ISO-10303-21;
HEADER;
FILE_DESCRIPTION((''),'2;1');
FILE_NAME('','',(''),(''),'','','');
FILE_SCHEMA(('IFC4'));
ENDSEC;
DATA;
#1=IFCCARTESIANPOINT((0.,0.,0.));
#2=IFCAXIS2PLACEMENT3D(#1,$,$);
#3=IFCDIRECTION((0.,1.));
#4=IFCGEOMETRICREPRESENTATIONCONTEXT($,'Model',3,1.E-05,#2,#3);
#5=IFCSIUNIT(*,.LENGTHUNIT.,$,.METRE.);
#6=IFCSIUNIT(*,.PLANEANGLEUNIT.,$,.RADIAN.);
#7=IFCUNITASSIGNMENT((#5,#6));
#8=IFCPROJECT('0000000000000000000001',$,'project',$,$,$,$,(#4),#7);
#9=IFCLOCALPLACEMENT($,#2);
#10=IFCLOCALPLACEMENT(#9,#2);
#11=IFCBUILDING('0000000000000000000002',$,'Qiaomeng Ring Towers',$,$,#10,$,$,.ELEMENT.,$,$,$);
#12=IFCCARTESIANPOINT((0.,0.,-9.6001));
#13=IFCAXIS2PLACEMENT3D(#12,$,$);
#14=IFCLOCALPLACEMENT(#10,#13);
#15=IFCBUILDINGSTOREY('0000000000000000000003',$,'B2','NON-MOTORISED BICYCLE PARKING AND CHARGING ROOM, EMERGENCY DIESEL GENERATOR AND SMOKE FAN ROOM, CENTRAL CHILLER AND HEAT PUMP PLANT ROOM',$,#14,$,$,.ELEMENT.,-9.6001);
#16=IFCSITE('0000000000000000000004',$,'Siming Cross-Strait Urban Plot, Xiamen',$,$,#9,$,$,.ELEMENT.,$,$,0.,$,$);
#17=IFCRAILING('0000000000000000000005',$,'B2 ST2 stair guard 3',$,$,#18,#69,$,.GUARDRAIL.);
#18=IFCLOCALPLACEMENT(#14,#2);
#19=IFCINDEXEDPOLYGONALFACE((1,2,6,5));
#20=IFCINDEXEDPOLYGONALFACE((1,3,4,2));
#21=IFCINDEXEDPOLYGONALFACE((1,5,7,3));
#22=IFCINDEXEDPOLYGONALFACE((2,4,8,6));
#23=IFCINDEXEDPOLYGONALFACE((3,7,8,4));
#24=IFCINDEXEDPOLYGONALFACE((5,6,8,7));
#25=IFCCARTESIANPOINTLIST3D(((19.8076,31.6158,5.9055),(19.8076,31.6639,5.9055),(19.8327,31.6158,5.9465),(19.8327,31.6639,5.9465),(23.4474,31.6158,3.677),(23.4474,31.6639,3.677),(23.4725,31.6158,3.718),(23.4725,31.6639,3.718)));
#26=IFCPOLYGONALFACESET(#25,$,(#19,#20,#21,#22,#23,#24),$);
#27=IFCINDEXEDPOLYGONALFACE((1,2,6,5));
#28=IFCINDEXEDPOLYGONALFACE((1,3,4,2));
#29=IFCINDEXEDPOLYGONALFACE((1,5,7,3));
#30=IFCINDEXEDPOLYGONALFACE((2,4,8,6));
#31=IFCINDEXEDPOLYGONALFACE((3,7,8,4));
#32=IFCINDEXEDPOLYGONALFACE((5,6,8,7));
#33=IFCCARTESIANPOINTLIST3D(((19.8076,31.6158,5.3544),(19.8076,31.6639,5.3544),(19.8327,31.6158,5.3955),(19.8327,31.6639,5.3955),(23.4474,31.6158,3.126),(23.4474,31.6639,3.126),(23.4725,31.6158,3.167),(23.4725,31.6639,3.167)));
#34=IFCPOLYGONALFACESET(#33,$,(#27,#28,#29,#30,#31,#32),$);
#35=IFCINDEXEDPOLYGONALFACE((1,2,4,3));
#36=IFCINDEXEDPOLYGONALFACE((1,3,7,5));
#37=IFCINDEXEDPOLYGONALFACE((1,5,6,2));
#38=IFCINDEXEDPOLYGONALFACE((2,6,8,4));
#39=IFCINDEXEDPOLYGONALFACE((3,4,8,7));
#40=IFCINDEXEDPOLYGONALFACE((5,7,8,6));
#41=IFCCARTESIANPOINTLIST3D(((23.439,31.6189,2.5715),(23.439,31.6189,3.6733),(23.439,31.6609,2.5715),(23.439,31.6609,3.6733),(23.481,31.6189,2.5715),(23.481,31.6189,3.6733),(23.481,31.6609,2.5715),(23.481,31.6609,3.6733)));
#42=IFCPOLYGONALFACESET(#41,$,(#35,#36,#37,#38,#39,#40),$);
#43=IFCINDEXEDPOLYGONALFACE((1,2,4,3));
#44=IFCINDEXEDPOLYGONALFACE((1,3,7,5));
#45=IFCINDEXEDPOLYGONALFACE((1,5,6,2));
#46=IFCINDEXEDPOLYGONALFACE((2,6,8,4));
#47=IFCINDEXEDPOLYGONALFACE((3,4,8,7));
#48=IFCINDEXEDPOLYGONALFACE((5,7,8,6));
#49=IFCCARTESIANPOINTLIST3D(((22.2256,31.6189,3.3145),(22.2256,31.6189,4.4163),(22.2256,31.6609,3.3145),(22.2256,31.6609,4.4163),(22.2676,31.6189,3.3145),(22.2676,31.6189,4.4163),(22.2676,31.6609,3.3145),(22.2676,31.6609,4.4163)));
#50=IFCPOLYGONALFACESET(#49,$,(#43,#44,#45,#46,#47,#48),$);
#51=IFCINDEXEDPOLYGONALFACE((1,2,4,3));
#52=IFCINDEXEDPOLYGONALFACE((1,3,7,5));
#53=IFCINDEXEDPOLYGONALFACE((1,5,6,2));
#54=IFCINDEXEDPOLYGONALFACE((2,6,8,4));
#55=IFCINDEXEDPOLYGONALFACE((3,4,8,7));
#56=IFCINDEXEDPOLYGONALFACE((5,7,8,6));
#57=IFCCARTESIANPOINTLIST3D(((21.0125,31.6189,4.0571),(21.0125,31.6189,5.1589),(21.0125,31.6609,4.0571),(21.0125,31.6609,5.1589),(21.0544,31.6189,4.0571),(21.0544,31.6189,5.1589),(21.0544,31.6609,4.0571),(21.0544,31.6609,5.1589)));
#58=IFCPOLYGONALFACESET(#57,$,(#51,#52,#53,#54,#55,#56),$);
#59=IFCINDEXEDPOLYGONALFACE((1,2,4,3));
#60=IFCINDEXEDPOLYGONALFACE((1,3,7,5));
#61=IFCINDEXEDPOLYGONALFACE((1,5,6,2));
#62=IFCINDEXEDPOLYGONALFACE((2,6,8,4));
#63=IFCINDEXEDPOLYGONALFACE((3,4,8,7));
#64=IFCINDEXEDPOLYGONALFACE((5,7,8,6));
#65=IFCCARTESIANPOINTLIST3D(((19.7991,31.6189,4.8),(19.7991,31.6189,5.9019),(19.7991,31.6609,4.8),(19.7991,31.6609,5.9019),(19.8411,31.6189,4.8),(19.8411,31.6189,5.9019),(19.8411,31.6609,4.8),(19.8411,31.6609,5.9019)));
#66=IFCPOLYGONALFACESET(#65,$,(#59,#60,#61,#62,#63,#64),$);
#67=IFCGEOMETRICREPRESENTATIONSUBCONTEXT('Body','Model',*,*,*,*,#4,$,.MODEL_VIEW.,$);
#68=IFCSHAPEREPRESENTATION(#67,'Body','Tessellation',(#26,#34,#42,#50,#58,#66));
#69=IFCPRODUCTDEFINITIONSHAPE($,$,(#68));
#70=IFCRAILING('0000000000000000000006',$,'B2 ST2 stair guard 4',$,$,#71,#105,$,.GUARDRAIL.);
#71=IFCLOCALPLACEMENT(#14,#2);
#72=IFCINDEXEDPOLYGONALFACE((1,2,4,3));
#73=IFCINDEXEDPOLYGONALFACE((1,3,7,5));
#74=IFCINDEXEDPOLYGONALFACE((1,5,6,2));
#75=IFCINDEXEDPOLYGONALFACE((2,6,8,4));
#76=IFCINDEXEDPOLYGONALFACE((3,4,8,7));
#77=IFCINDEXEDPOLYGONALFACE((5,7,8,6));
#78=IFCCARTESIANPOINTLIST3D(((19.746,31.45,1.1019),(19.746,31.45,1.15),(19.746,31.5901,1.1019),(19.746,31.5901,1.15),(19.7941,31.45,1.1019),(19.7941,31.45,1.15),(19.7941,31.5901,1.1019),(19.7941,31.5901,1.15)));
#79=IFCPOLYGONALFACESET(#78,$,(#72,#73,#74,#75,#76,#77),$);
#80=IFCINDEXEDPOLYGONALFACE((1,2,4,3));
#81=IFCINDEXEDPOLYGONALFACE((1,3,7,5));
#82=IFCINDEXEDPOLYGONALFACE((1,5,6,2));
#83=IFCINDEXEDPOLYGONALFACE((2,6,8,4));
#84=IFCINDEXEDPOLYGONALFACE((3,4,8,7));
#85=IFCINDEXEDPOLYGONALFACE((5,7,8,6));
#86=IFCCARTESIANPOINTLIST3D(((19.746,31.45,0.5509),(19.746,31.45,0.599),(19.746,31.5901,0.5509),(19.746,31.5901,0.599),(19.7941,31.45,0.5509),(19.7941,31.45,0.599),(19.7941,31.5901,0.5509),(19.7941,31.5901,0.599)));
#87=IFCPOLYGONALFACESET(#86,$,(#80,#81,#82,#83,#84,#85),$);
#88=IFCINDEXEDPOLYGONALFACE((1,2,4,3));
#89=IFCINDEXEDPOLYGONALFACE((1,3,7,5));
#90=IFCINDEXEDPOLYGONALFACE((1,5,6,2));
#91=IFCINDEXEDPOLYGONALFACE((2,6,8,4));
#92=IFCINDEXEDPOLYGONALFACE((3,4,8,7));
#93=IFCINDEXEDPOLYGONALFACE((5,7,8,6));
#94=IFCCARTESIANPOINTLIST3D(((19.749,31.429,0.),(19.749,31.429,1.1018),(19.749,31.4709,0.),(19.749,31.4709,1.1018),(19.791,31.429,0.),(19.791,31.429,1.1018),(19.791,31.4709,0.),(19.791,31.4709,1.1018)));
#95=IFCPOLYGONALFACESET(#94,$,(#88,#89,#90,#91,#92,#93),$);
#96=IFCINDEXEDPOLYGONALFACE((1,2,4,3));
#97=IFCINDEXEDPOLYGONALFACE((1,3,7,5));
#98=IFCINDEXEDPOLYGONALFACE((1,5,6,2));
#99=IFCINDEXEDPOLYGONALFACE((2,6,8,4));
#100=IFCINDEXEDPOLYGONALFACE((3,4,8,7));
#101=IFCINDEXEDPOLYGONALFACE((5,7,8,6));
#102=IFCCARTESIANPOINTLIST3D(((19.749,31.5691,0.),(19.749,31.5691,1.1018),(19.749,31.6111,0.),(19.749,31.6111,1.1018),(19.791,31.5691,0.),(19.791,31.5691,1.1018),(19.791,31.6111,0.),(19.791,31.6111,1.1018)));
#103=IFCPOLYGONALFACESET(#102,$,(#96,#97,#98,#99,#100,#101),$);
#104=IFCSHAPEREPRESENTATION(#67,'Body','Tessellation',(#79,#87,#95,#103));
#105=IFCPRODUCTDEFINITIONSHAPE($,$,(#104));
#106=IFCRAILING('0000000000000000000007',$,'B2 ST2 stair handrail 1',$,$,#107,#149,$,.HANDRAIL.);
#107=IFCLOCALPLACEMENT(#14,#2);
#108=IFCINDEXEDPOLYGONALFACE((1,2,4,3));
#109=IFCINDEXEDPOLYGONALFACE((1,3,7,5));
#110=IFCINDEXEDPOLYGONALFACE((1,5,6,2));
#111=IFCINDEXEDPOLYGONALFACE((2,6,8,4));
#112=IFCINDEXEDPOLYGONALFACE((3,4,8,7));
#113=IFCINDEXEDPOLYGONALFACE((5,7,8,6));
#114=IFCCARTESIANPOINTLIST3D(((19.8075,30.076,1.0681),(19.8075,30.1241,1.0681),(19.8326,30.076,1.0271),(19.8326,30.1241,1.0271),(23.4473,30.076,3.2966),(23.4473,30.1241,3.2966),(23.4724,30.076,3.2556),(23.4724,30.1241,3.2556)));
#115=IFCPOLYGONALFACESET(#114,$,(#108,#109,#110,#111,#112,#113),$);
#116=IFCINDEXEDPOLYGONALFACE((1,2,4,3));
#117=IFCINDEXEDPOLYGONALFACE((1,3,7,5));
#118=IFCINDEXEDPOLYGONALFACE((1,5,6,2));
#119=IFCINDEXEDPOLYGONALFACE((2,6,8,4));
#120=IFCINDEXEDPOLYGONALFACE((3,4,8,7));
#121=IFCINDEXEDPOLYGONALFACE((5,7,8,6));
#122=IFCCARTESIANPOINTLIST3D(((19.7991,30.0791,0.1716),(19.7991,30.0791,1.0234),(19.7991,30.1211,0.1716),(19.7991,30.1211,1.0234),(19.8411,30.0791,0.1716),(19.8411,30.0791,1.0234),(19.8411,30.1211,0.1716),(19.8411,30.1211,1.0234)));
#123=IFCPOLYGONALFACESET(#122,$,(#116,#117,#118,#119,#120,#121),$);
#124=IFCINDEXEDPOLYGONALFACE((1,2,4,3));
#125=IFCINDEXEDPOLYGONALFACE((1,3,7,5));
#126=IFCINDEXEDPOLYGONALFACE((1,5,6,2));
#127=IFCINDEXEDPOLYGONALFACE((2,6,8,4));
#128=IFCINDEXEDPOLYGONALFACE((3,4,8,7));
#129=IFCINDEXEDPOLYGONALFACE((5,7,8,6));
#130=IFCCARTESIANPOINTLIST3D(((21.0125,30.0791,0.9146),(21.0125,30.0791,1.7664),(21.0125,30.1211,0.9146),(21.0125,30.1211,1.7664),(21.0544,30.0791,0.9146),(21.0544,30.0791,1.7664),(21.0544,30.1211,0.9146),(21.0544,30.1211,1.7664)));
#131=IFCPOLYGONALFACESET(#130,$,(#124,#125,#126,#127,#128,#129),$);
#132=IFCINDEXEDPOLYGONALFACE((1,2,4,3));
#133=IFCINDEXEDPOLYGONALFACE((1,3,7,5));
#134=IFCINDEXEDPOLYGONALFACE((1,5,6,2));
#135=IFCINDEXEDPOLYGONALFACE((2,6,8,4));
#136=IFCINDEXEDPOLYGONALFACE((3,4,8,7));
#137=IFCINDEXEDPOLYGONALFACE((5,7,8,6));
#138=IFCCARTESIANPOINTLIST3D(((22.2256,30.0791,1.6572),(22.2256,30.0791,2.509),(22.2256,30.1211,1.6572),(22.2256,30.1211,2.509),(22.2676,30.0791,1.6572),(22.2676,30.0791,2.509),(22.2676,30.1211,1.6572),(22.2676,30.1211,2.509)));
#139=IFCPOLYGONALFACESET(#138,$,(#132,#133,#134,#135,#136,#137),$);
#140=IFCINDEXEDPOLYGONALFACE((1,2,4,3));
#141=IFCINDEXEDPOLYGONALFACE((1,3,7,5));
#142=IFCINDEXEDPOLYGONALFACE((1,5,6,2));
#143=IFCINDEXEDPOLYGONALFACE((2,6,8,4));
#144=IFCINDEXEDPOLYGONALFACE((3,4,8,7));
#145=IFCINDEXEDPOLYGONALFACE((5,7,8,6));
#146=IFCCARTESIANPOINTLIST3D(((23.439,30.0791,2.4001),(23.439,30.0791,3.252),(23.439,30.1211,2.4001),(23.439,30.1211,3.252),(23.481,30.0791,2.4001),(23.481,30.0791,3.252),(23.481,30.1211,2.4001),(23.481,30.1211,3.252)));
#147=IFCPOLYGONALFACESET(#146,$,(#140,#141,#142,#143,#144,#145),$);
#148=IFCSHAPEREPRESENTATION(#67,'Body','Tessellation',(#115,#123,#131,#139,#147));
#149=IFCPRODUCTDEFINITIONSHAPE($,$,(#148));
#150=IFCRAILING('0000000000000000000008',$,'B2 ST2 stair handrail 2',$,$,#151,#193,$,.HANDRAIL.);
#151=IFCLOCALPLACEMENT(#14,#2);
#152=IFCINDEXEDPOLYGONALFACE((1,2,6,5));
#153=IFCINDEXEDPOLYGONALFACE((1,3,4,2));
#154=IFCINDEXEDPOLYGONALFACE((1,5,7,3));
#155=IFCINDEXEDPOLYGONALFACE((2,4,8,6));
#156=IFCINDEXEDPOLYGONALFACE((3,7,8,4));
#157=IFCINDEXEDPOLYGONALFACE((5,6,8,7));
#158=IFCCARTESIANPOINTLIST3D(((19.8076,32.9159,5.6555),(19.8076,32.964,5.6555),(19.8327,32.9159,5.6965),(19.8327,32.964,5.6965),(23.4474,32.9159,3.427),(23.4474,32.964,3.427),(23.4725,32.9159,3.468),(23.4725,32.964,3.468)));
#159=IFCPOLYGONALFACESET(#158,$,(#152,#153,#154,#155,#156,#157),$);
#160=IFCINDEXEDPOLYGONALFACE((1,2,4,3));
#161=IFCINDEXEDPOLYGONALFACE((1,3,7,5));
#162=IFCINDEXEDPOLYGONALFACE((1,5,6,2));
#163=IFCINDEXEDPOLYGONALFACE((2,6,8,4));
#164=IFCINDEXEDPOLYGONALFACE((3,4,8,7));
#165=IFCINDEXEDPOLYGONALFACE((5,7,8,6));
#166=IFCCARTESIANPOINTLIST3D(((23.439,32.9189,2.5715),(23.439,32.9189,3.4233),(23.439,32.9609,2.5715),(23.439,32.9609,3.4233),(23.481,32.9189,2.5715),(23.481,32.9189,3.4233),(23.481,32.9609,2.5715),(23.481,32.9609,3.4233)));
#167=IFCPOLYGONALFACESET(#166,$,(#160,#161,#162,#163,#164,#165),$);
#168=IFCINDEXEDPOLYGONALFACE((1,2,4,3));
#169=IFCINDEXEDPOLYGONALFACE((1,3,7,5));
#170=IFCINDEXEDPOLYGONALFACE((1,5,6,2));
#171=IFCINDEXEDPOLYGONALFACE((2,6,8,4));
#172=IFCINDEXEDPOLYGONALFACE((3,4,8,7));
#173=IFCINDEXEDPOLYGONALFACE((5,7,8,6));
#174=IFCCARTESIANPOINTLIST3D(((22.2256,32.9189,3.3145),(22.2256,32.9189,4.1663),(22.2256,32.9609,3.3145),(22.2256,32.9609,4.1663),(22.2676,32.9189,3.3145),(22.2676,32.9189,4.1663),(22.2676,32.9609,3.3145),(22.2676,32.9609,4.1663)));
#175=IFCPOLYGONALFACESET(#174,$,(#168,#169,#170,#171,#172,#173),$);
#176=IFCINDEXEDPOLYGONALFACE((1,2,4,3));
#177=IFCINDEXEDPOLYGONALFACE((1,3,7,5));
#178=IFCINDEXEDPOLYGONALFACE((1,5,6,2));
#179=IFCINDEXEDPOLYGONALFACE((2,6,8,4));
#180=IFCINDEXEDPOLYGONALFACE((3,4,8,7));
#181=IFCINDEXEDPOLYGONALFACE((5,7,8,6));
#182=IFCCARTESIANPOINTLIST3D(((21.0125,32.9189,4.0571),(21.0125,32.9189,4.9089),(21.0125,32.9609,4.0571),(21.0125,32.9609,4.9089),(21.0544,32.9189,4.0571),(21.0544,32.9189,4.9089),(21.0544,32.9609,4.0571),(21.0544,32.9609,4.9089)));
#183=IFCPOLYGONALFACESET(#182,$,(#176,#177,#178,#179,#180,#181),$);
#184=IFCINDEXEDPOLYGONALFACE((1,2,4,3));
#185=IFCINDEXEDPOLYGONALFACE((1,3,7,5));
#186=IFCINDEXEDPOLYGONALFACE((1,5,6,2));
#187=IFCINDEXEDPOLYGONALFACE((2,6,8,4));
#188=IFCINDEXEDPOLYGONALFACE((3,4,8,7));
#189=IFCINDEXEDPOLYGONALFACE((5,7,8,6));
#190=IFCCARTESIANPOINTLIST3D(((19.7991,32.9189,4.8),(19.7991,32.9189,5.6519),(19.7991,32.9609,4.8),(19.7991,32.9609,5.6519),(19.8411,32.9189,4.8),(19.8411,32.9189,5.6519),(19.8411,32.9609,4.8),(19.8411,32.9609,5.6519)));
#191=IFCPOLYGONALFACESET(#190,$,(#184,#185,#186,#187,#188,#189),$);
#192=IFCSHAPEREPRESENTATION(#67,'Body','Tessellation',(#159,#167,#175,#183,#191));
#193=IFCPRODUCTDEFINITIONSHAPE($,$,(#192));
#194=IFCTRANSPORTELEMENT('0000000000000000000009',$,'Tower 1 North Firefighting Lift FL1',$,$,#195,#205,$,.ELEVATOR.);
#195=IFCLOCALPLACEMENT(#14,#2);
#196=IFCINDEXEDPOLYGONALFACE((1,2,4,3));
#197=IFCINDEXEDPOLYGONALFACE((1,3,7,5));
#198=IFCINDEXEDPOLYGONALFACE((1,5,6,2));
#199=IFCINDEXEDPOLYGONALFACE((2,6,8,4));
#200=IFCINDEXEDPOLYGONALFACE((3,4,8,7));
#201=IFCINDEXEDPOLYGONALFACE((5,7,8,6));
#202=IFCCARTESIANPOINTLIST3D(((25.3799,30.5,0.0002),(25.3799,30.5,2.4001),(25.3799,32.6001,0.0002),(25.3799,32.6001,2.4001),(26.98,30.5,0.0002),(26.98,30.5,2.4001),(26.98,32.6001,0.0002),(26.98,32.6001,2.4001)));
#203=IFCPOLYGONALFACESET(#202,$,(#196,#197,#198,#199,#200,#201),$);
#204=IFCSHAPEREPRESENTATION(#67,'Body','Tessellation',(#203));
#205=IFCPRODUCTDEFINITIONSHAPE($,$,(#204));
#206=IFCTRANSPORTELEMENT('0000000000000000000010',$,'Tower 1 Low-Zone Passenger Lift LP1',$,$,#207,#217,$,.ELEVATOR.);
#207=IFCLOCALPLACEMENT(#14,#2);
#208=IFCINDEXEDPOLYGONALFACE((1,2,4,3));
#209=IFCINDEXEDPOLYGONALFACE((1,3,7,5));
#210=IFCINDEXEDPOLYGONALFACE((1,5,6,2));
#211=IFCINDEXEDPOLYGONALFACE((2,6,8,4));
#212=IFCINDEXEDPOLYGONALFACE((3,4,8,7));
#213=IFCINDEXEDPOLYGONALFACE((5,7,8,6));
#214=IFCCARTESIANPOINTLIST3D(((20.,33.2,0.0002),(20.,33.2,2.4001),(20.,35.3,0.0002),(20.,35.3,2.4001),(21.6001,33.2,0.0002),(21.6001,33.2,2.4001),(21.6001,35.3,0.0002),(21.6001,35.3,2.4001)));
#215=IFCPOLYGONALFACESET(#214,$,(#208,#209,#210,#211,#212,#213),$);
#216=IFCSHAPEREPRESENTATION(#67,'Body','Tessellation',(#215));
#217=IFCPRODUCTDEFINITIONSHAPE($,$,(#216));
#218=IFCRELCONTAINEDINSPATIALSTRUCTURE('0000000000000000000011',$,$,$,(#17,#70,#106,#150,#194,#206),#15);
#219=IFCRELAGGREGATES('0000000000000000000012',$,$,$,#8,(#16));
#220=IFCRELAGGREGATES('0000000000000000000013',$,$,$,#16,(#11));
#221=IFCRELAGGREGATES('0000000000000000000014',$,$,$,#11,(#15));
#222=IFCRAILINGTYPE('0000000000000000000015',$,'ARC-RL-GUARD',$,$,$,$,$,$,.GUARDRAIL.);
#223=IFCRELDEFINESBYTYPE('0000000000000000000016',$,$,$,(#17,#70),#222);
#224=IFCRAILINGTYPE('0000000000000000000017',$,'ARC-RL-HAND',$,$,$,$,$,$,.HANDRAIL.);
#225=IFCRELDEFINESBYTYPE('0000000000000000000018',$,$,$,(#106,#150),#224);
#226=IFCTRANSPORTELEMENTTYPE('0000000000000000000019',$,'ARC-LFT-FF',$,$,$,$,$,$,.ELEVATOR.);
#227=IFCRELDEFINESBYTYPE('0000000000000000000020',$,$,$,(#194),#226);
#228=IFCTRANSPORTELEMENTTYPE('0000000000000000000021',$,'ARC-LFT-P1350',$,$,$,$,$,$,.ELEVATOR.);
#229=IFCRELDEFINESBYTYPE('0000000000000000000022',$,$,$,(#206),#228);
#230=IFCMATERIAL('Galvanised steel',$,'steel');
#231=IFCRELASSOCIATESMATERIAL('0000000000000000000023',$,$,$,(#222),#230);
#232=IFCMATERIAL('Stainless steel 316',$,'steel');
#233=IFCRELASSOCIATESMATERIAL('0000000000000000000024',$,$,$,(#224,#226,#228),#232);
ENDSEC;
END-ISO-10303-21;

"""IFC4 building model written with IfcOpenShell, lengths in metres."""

from ifc_helpers import new_model, si_unit, direction, frame, origin, origin_2d, place, context, subcontext, project, spatial, rectangle, extrude, source, transform, mapped, material, type_object, element, save


model = new_model("IFC4")

# Units and contexts
model_context = context("Model", 3, precision=1e-05, world=origin(), true_north=direction((0.0, 1.0)))
body_context = subcontext(model_context, "Body", "Model", "MODEL_VIEW")
ifc_project = project(units=[si_unit("LENGTHUNIT", "METRE"), si_unit("PLANEANGLEUNIT", "RADIAN")], contexts=[model_context])

# Site, building, storey
site_placement = place(None, origin())
site = spatial("IfcSite", under=ifc_project, at=site_placement, Name="Siming Cross-Strait Urban Plot, Xiamen", CompositionType="ELEMENT", RefElevation=0.0)
building_placement = place(site_placement, origin())
building = spatial("IfcBuilding", under=site, at=building_placement, Name="Qiaomeng Ring Towers", CompositionType="ELEMENT")
storey_placement = place(building_placement, frame((0.0, 0.0, -9.6001)))
storey = spatial("IfcBuildingStorey", under=building, at=storey_placement, Name="B2", Description="NON-MOTORISED BICYCLE PARKING AND CHARGING ROOM, EMERGENCY DIESEL GENERATOR AND SMOKE FAN ROOM, CENTRAL CHILLER AND HEAT PUMP PLANT ROOM", CompositionType="ELEMENT", Elevation=-9.6001)

# Shared definitions
ifc_material_1 = material(Name="Galvanised steel", Category="steel")

# Railings
railing_type_1 = type_object("IfcRailingType", Name="ARC-RL-GUARD", PredefinedType="GUARDRAIL", material=ifc_material_1)
railing_1_placement = place(storey_placement, frame((23.46, 31.6399, 2.5715)))
element("IfcRailing", 1, at=railing_1_placement, inside=storey, type_object=railing_type_1, Name="B2 ST2 stair guard 3", PredefinedType="GUARDRAIL", context=body_context, shape_type="SweptSolid", body=[
    extrude(rectangle(XDim=0.0481, YDim=0.0481, at=origin_2d()), frame((0.0, 0.0, 1.126), z_axis=(-0.85285, 0.0, 0.522156), x_axis=(0.0, -1.0, 0.0)), (0.0, 0.0, 1.0), 4.2678),
    extrude(rectangle(XDim=0.0481, YDim=0.0481, at=origin_2d()), frame((0.0, 0.0, 0.575), z_axis=(-0.85285, 0.0, 0.522156), x_axis=(0.0, -1.0, 0.0)), (0.0, 0.0, 1.0), 4.2678),
    extrude(rectangle(XDim=0.042, YDim=0.042, at=origin_2d()), origin(), (0.0, 0.0, 1.0), 1.1018),
    extrude(rectangle(XDim=0.042, YDim=0.042, at=origin_2d()), frame((-1.2134, 0.0, 0.7429)), (0.0, 0.0, 1.0), 1.1018),
    extrude(rectangle(XDim=0.042, YDim=0.042, at=origin_2d()), frame((-2.4265, 0.0, 1.4856)), (0.0, 0.0, 1.0), 1.1018),
    extrude(rectangle(XDim=0.042, YDim=0.042, at=origin_2d()), frame((-3.6399, 0.0, 2.2285)), (0.0, 0.0, 1.0), 1.1018),
])
railing_2_placement = place(storey_placement, frame((19.77, 31.45, 0.0)))
element("IfcRailing", 2, at=railing_2_placement, inside=storey, type_object=railing_type_1, Name="B2 ST2 stair guard 4", PredefinedType="GUARDRAIL", context=body_context, shape_type="SweptSolid", body=[
    extrude(rectangle(XDim=0.0481, YDim=0.0481, at=origin_2d()), frame((0.0, 0.0, 1.126), z_axis=(0.0, 1.0, 0.0), x_axis=(-1.0, 0.0, 0.0)), (0.0, 0.0, 1.0), 0.1401),
    extrude(rectangle(XDim=0.0481, YDim=0.0481, at=origin_2d()), frame((0.0, 0.0, 0.575), z_axis=(0.0, 1.0, 0.0), x_axis=(-1.0, 0.0, 0.0)), (0.0, 0.0, 1.0), 0.1401),
    extrude(rectangle(XDim=0.042, YDim=0.042, at=origin_2d()), origin(), (0.0, 0.0, 1.0), 1.1018),
    extrude(rectangle(XDim=0.042, YDim=0.042, at=origin_2d()), frame((0.0, 0.1401, 0.0)), (0.0, 0.0, 1.0), 1.1018),
])
ifc_material_2 = material(Name="Stainless steel 316", Category="steel")
railing_type_2 = type_object("IfcRailingType", Name="ARC-RL-HAND", PredefinedType="HANDRAIL", material=ifc_material_2)
railing_3_placement = place(storey_placement, frame((19.8201, 30.1001, 0.1716)))
element("IfcRailing", 3, at=railing_3_placement, inside=storey, type_object=railing_type_2, Name="B2 ST2 stair handrail 1", PredefinedType="HANDRAIL", context=body_context, shape_type="SweptSolid", body=[
    extrude(rectangle(XDim=0.0481, YDim=0.0481, at=origin_2d()), frame((0.0, 0.0, 0.876), z_axis=(0.85285, 0.0, 0.522156), x_axis=(0.0, 1.0, 0.0)), (0.0, 0.0, 1.0), 4.2678),
    extrude(rectangle(XDim=0.042, YDim=0.042, at=origin_2d()), origin(), (0.0, 0.0, 1.0), 0.8518),
    extrude(rectangle(XDim=0.042, YDim=0.042, at=origin_2d()), frame((1.2134, 0.0, 0.7429)), (0.0, 0.0, 1.0), 0.8518),
    extrude(rectangle(XDim=0.042, YDim=0.042, at=origin_2d()), frame((2.4265, 0.0, 1.4856)), (0.0, 0.0, 1.0), 0.8518),
    extrude(rectangle(XDim=0.042, YDim=0.042, at=origin_2d()), frame((3.6399, 0.0, 2.2285)), (0.0, 0.0, 1.0), 0.8518),
])
railing_4_placement = place(storey_placement, frame((23.46, 32.9399, 2.5715)))
element("IfcRailing", 4, at=railing_4_placement, inside=storey, type_object=railing_type_2, Name="B2 ST2 stair handrail 2", PredefinedType="HANDRAIL", context=body_context, shape_type="SweptSolid", body=[
    extrude(rectangle(XDim=0.0481, YDim=0.0481, at=origin_2d()), frame((0.0, 0.0, 0.876), z_axis=(-0.85285, 0.0, 0.522156), x_axis=(0.0, -1.0, 0.0)), (0.0, 0.0, 1.0), 4.2678),
    extrude(rectangle(XDim=0.042, YDim=0.042, at=origin_2d()), origin(), (0.0, 0.0, 1.0), 0.8518),
    extrude(rectangle(XDim=0.042, YDim=0.042, at=origin_2d()), frame((-1.2134, 0.0, 0.7429)), (0.0, 0.0, 1.0), 0.8518),
    extrude(rectangle(XDim=0.042, YDim=0.042, at=origin_2d()), frame((-2.4265, 0.0, 1.4856)), (0.0, 0.0, 1.0), 0.8518),
    extrude(rectangle(XDim=0.042, YDim=0.042, at=origin_2d()), frame((-3.6399, 0.0, 2.2285)), (0.0, 0.0, 1.0), 0.8518),
])

# Transport elements
transport_element_type_1 = type_object("IfcTransportElementType", Name="ARC-LFT-FF", PredefinedType="ELEVATOR", material=ifc_material_2)
shared_shape_1 = source(origin(), body_context, "Body", "SweptSolid", [
    extrude(rectangle(XDim=1.6001, YDim=2.1001, at=origin_2d()), origin(), (0.0, 0.0, 1.0), 2.3999),
])
transport_element_1_placement = place(storey_placement, frame((26.1799, 31.55, 0.0002), z_axis=(0.0, 0.0, 1.0), x_axis=(1.0, 0.0, 0.0)))
element("IfcTransportElement", 5, at=transport_element_1_placement, inside=storey, type_object=transport_element_type_1, Name="Tower 1 North Firefighting Lift FL1", PredefinedType="ELEVATOR", context=body_context, shape_type="MappedRepresentation", body=[
    mapped(shared_shape_1, transform((0.0, 0.0, 0.0), x_axis=(1.0, 0.0, 0.0), y_axis=(0.0, 1.0, 0.0), z_axis=(0.0, 0.0, 1.0), scale=1.0)),
])
transport_element_type_2 = type_object("IfcTransportElementType", Name="ARC-LFT-P1350", PredefinedType="ELEVATOR", material=ifc_material_2)
transport_element_2_placement = place(storey_placement, frame((20.8, 34.25, 0.0002), z_axis=(0.0, 0.0, 1.0), x_axis=(1.0, 0.0, 0.0)))
element("IfcTransportElement", 6, at=transport_element_2_placement, inside=storey, type_object=transport_element_type_2, Name="Tower 1 Low-Zone Passenger Lift LP1", PredefinedType="ELEVATOR", context=body_context, shape_type="MappedRepresentation", body=[
    mapped(shared_shape_1, transform((0.0, 0.0, 0.0), x_axis=(1.0, 0.0, 0.0), y_axis=(0.0, 1.0, 0.0), z_axis=(0.0, 0.0, 1.0), scale=1.0)),
])

save(model, "model.ifc")
